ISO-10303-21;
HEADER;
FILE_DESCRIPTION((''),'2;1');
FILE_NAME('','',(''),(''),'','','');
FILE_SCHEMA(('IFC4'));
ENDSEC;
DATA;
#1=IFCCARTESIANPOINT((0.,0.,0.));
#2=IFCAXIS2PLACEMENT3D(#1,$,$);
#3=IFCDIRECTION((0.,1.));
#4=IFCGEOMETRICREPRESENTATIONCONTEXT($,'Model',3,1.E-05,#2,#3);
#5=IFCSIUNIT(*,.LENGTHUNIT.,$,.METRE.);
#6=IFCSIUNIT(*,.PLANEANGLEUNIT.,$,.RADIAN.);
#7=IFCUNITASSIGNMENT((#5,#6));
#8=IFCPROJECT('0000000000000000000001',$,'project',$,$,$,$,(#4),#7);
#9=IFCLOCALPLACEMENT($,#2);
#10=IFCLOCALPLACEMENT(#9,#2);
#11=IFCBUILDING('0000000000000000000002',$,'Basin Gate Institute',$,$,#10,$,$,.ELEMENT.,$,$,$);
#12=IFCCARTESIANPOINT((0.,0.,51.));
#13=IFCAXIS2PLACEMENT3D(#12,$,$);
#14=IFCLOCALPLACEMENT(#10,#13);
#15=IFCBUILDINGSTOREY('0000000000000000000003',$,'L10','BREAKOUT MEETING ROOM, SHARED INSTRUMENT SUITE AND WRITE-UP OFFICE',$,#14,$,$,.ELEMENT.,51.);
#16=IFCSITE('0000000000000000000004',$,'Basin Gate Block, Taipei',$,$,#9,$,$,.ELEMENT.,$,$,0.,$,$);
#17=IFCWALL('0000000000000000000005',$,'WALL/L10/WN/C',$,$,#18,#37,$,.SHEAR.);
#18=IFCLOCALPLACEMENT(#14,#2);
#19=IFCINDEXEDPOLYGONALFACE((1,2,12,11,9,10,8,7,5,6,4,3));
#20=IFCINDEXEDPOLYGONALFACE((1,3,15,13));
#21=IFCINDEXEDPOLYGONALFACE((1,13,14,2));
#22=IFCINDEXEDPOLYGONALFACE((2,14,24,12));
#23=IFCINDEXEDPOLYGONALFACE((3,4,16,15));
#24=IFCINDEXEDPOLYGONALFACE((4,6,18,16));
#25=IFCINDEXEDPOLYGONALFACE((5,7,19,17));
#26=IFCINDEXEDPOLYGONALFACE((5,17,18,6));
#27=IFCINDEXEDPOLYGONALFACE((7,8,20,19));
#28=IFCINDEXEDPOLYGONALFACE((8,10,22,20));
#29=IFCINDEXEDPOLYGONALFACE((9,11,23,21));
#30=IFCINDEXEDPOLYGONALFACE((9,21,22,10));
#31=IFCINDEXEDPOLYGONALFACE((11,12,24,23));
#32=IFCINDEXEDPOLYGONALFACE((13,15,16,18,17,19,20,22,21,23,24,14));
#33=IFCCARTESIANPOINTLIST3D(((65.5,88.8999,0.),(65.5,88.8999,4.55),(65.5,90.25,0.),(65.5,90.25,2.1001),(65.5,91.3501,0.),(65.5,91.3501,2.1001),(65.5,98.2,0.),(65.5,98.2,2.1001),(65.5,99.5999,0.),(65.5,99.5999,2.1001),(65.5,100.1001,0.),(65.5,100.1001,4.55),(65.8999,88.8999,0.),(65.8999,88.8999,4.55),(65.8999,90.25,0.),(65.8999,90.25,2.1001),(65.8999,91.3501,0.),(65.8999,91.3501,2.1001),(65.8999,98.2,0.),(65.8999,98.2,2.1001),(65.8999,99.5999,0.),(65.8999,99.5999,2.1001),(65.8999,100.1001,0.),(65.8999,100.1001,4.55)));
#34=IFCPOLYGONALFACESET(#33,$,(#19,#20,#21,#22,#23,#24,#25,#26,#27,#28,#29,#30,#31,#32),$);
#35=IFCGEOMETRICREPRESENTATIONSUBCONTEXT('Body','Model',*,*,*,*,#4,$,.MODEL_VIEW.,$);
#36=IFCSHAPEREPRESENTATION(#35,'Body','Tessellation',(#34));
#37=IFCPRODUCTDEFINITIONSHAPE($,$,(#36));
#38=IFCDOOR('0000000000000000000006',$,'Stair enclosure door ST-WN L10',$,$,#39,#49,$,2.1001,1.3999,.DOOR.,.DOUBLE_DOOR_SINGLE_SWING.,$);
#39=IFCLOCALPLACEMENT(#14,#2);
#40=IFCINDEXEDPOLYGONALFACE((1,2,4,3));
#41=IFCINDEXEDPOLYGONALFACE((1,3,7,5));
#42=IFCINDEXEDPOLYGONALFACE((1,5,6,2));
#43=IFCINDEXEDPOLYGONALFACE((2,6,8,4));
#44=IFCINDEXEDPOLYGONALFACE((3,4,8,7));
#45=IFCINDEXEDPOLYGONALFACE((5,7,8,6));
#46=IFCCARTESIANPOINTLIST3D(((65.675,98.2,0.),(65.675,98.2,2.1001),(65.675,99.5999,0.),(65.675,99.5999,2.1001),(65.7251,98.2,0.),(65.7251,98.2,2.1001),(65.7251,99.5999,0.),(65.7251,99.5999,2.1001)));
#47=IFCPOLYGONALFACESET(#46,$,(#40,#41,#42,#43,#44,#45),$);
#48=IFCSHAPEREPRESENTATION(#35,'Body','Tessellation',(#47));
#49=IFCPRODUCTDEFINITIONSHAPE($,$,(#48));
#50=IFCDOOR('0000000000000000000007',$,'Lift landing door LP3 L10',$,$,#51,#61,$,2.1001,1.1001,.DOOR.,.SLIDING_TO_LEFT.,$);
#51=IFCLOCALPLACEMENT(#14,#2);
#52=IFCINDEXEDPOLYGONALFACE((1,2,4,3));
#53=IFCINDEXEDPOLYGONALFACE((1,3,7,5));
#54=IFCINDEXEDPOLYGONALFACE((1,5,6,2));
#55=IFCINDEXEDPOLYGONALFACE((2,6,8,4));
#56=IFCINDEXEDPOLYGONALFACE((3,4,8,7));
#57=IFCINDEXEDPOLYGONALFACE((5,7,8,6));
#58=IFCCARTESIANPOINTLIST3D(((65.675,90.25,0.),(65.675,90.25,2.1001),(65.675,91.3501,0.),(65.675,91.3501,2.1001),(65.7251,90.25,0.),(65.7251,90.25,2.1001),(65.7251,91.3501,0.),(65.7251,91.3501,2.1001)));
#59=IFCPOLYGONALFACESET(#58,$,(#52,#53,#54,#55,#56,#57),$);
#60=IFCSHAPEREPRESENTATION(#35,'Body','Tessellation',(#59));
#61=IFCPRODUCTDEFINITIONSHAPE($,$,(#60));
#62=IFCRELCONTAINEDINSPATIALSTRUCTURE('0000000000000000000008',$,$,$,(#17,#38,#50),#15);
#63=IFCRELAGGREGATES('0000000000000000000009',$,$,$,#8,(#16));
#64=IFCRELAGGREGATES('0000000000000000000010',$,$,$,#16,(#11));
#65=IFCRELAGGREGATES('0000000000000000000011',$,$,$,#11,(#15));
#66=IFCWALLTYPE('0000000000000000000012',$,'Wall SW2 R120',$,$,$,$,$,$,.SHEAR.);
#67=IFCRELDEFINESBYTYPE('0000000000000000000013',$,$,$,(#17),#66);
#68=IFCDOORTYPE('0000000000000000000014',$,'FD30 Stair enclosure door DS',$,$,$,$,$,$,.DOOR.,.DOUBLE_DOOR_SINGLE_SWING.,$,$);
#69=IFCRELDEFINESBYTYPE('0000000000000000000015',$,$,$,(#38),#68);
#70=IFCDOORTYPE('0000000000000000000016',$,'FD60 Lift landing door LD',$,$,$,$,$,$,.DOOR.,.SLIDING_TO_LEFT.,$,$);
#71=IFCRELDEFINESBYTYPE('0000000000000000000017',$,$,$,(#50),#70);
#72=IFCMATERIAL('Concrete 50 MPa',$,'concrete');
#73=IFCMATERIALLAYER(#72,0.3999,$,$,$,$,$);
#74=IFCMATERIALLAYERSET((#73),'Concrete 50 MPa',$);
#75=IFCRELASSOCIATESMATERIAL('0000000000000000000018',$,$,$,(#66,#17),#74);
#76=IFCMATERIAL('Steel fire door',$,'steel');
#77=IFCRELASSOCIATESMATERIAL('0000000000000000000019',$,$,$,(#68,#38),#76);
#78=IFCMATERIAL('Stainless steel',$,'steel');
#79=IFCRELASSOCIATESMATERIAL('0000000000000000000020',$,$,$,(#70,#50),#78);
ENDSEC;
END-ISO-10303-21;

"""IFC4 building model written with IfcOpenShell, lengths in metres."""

from ifc_helpers import new_model, si_unit, direction, frame, frame_2d, origin, place, context, subcontext, project, spatial, rectangle, extrude, material, layer, layer_set, type_object, element, fill, save


model = new_model("IFC4")

# Units and contexts
model_context = context("Model", 3, precision=1e-05, world=origin(), true_north=direction((0.0, 1.0)))
body_context = subcontext(model_context, "Body", "Model", "MODEL_VIEW")
ifc_project = project(units=[si_unit("LENGTHUNIT", "METRE"), si_unit("PLANEANGLEUNIT", "RADIAN")], contexts=[model_context])

# Site, building, storey
site_placement = place(None, origin())
site = spatial("IfcSite", under=ifc_project, at=site_placement, Name="Basin Gate Block, Taipei", CompositionType="ELEMENT", RefElevation=0.0)
building_placement = place(site_placement, origin())
building = spatial("IfcBuilding", under=site, at=building_placement, Name="Basin Gate Institute", CompositionType="ELEMENT")
storey_placement = place(building_placement, frame((0.0, 0.0, 51.0)))
storey = spatial("IfcBuildingStorey", under=building, at=storey_placement, Name="L10", Description="BREAKOUT MEETING ROOM, SHARED INSTRUMENT SUITE AND WRITE-UP OFFICE", CompositionType="ELEMENT", Elevation=51.0)

# Shared definitions
ifc_material_1 = material(Name="Concrete 50 MPa", Category="concrete")
ifc_layer_1 = layer(ifc_material_1, 0.3999)
ifc_layer_set_1 = layer_set([ifc_layer_1], Name="Concrete 50 MPa")
wall_type = type_object("IfcWallType", Name="Wall SW2 R120", PredefinedType="SHEAR", material=ifc_layer_set_1)

# Wall, openings, doors
wall_1_placement = place(storey_placement, frame((65.7, 88.8999, 0.0), z_axis=(0.0, 0.0, 1.0), x_axis=(0.0, 1.0, 0.0)))
wall_1 = element("IfcWall", 1, at=wall_1_placement, inside=storey, type_object=wall_type, material=ifc_layer_set_1, Name="WALL/L10/WN/C", PredefinedType="SHEAR", context=body_context, shape_type="SweptSolid", body=[
    extrude(rectangle(XDim=11.2002, YDim=0.3999, at=frame_2d((5.6001, 0.0))), origin(), (0.0, 0.0, 1.0), 4.55),
])
opening_1_placement = place(wall_1_placement, frame((9.3, 0.0, 0.0)))
opening_1 = element("IfcOpeningElement", 2, at=opening_1_placement, cuts=wall_1, PredefinedType="OPENING", context=body_context, shape_type="SweptSolid", body=[
    extrude(rectangle(XDim=1.3999, YDim=2.1001, at=frame_2d((0.7, 1.05))), frame((0.0, 0.21, 0.0), z_axis=(0.0, -1.0, 0.0), x_axis=(1.0, 0.0, 0.0)), (0.0, 0.0, 1.0), 0.4199),
])
opening_2_placement = place(wall_1_placement, frame((1.3501, 0.0, 0.0)))
opening_2 = element("IfcOpeningElement", 3, at=opening_2_placement, cuts=wall_1, PredefinedType="OPENING", context=body_context, shape_type="SweptSolid", body=[
    extrude(rectangle(XDim=1.1001, YDim=2.1001, at=frame_2d((0.55, 1.05))), frame((0.0, 0.21, 0.0), z_axis=(0.0, -1.0, 0.0), x_axis=(1.0, 0.0, 0.0)), (0.0, 0.0, 1.0), 0.4199),
])
ifc_material_2 = material(Name="Steel fire door", Category="steel")
door_type_1 = type_object("IfcDoorType", Name="FD30 Stair enclosure door DS", OperationType="DOUBLE_DOOR_SINGLE_SWING", PredefinedType="DOOR", material=ifc_material_2)
door_1_placement = place(opening_1_placement, origin())
door_1 = element("IfcDoor", 4, at=door_1_placement, inside=storey, type_object=door_type_1, material=ifc_material_2, Name="Stair enclosure door ST-WN L10", OperationType="DOUBLE_DOOR_SINGLE_SWING", OverallHeight=2.1001, OverallWidth=1.3999, PredefinedType="DOOR", context=body_context, shape_type="SweptSolid", body=[
    extrude(rectangle(XDim=1.3999, YDim=2.1001, at=frame_2d((0.7, 1.05))), frame((0.0, 0.0249, 0.0), z_axis=(0.0, -1.0, 0.0), x_axis=(1.0, 0.0, 0.0)), (0.0, 0.0, 1.0), 0.05),
])
fill(opening_1, door_1)
ifc_material_3 = material(Name="Stainless steel", Category="steel")
door_type_2 = type_object("IfcDoorType", Name="FD60 Lift landing door LD", OperationType="SLIDING_TO_LEFT", PredefinedType="DOOR", material=ifc_material_3)
door_2_placement = place(opening_2_placement, origin())
door_2 = element("IfcDoor", 5, at=door_2_placement, inside=storey, type_object=door_type_2, material=ifc_material_3, Name="Lift landing door LP3 L10", OperationType="SLIDING_TO_LEFT", OverallHeight=2.1001, OverallWidth=1.1001, PredefinedType="DOOR", context=body_context, shape_type="SweptSolid", body=[
    extrude(rectangle(XDim=1.1001, YDim=2.1001, at=frame_2d((0.55, 1.05))), frame((0.0, 0.0249, 0.0), z_axis=(0.0, -1.0, 0.0), x_axis=(1.0, 0.0, 0.0)), (0.0, 0.0, 1.0), 0.05),
])
fill(opening_2, door_2)

save(model, "model.ifc")
